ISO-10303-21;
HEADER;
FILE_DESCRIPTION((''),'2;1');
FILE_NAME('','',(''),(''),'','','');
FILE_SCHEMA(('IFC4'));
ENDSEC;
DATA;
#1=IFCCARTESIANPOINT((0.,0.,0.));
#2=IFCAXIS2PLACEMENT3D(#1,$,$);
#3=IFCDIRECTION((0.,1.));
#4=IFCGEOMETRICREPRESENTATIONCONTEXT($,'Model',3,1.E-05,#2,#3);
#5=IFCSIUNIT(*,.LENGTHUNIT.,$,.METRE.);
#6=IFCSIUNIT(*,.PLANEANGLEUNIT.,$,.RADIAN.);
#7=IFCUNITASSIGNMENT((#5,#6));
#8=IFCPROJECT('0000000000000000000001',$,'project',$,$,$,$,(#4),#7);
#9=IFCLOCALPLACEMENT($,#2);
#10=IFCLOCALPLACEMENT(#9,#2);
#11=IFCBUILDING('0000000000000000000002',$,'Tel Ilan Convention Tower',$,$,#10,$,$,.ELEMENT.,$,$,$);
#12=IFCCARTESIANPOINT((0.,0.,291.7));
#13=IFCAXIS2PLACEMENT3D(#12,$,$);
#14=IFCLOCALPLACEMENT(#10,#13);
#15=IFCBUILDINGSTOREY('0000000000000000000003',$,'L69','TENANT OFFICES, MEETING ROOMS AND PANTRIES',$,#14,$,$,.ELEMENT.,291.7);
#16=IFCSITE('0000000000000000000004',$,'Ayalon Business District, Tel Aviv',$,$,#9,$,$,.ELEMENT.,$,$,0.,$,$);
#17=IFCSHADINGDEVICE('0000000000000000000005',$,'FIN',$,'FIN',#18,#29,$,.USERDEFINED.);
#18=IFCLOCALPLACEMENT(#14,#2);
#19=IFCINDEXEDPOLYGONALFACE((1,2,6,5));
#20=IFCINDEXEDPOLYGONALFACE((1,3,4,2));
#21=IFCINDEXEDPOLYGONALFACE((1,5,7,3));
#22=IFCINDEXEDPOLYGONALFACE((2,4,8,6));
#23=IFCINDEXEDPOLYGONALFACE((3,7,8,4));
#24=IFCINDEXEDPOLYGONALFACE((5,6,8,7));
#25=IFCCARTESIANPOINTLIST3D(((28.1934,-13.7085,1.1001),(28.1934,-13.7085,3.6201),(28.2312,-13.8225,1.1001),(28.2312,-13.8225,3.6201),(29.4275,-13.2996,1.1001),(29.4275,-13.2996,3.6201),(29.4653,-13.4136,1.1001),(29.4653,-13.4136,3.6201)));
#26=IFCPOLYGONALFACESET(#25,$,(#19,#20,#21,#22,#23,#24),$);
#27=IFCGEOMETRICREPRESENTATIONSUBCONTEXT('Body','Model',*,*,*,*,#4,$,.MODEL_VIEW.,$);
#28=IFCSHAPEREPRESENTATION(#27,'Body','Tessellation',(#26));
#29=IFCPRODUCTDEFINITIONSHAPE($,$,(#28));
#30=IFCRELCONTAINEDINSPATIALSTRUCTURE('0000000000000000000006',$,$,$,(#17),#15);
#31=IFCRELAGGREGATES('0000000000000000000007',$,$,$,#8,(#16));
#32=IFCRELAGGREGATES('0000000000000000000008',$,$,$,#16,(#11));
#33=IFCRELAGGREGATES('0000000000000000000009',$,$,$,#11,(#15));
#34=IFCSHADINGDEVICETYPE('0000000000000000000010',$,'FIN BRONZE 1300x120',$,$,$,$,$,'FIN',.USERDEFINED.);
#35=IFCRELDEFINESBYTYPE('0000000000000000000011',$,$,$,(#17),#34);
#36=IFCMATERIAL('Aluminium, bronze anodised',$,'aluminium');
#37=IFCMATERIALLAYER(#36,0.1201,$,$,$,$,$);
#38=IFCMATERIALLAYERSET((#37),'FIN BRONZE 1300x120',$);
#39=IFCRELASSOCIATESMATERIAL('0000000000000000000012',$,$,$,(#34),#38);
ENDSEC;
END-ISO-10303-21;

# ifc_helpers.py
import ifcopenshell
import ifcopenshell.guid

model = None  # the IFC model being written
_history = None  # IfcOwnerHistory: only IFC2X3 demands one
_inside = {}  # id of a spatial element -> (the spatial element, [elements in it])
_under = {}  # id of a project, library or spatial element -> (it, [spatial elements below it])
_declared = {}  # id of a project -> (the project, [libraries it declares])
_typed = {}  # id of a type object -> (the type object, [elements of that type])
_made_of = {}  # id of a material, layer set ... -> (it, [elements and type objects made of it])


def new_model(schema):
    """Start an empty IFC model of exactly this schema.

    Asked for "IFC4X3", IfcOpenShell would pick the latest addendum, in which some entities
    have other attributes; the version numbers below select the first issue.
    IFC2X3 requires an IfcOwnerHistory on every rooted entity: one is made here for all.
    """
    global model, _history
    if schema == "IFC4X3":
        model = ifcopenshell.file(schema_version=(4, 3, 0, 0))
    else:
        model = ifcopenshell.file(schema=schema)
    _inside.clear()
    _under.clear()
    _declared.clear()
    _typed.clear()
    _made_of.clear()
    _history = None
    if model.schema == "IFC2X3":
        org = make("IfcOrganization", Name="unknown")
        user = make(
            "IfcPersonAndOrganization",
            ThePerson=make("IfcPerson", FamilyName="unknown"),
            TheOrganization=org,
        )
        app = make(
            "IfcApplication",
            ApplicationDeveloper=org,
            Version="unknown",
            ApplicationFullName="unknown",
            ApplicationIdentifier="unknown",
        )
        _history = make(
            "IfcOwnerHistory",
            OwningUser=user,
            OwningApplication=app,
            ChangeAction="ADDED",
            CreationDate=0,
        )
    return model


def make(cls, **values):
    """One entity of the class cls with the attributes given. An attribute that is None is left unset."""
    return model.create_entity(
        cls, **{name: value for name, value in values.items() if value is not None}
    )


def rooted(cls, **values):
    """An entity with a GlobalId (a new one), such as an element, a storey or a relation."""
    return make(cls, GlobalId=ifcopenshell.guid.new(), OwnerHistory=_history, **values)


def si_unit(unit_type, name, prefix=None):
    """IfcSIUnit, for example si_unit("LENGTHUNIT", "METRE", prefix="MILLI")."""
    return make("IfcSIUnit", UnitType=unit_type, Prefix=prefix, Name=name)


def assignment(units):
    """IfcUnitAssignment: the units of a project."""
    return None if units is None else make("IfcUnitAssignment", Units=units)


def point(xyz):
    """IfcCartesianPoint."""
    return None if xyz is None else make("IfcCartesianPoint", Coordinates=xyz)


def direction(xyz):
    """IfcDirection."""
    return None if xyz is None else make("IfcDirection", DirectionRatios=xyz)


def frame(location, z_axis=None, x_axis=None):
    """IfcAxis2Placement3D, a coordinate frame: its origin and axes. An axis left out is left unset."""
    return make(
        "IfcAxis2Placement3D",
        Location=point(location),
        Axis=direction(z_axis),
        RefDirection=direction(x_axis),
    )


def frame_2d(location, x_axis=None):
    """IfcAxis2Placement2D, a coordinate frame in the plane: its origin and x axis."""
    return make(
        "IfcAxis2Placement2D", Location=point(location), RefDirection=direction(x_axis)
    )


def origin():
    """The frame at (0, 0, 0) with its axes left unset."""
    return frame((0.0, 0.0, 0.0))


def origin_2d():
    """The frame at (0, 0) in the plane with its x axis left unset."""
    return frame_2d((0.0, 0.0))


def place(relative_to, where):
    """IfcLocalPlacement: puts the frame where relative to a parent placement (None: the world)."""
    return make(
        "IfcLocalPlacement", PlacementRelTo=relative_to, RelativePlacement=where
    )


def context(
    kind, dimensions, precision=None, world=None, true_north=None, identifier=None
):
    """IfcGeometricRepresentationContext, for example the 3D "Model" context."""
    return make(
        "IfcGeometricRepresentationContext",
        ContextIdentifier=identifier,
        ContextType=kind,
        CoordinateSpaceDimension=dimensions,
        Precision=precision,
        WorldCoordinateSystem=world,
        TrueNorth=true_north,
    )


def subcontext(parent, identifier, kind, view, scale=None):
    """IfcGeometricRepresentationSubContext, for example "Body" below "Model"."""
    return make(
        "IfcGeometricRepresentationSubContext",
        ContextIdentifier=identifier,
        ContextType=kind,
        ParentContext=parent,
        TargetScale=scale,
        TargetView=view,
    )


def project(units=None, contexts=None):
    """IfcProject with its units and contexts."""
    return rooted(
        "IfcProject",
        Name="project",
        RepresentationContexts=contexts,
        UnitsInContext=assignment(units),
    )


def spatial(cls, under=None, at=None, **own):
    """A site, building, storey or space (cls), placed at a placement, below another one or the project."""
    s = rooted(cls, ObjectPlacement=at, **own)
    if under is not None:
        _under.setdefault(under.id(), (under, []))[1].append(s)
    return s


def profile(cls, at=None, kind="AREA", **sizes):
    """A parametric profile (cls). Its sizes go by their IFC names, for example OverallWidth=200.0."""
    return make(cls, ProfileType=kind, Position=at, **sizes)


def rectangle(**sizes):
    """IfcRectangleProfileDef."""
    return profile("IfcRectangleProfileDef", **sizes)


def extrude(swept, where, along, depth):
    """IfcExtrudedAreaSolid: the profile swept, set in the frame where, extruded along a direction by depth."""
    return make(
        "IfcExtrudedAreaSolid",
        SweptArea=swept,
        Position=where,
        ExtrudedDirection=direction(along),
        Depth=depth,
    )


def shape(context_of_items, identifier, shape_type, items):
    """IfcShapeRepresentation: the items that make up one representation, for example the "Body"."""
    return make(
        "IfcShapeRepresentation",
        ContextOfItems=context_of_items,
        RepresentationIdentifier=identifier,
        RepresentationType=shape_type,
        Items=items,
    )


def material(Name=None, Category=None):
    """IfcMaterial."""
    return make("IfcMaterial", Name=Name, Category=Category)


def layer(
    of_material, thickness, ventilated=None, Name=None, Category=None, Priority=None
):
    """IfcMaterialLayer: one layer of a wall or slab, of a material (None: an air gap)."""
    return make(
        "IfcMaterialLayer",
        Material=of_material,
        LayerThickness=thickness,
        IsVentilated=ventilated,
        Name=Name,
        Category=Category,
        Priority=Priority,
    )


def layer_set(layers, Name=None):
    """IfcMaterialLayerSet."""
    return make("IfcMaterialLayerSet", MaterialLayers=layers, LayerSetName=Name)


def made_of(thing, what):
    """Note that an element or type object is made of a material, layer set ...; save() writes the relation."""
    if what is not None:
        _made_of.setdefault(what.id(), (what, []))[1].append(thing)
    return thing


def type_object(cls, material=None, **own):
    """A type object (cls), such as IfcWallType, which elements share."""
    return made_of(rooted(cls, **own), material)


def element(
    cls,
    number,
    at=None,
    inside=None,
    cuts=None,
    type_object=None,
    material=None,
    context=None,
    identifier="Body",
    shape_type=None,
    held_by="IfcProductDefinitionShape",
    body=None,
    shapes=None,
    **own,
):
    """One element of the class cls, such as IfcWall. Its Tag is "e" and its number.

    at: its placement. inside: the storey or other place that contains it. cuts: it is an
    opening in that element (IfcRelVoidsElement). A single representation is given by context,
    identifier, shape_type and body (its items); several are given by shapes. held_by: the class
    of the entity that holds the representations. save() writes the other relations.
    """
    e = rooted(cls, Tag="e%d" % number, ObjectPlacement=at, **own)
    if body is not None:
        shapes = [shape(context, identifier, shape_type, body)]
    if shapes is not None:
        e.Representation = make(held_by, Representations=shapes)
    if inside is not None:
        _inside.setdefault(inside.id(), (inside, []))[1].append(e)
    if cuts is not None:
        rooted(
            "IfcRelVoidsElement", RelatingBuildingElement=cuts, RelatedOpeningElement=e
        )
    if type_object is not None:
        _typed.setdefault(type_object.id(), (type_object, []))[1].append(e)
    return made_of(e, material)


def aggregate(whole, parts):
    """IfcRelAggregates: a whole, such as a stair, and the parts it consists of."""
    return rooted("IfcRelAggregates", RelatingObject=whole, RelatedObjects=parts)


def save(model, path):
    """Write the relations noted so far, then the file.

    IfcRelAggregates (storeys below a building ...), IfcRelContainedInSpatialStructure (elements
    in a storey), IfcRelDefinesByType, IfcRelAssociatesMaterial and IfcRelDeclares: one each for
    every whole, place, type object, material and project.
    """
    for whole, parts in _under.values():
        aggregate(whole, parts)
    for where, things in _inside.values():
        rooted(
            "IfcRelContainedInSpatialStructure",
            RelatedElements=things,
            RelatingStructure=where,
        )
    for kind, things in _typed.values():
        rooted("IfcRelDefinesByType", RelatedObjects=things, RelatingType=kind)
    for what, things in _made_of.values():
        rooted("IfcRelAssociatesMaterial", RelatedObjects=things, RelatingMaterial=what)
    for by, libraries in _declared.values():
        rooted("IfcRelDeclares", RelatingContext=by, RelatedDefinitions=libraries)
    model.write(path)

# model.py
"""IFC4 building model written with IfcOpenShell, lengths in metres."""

from ifc_helpers import new_model, si_unit, direction, frame, origin, origin_2d, place, context, subcontext, project, spatial, rectangle, extrude, material, layer, layer_set, type_object, element, save


model = new_model("IFC4")

# Units and contexts
model_context = context("Model", 3, precision=1e-05, world=origin(), true_north=direction((0.0, 1.0)))
body_context = subcontext(model_context, "Body", "Model", "MODEL_VIEW")
ifc_project = project(units=[si_unit("LENGTHUNIT", "METRE"), si_unit("PLANEANGLEUNIT", "RADIAN")], contexts=[model_context])

# Site, building, storey
site_placement = place(None, origin())
site = spatial("IfcSite", under=ifc_project, at=site_placement, Name="Ayalon Business District, Tel Aviv", CompositionType="ELEMENT", RefElevation=0.0)
building_placement = place(site_placement, origin())
building = spatial("IfcBuilding", under=site, at=building_placement, Name="Tel Ilan Convention Tower", CompositionType="ELEMENT")
storey_placement = place(building_placement, frame((0.0, 0.0, 291.7)))
storey = spatial("IfcBuildingStorey", under=building, at=storey_placement, Name="L69", Description="TENANT OFFICES, MEETING ROOMS AND PANTRIES", CompositionType="ELEMENT", Elevation=291.7)

# Shading device
ifc_material_1 = material(Name="Aluminium, bronze anodised", Category="aluminium")
ifc_layer_1 = layer(ifc_material_1, 0.1201)
ifc_layer_set_1 = layer_set([ifc_layer_1], Name="FIN BRONZE 1300x120")
shading_device_type = type_object("IfcShadingDeviceType", Name="FIN BRONZE 1300x120", ElementType="FIN", PredefinedType="USERDEFINED", material=ifc_layer_set_1)
for number, where, z_axis, x_axis, name in (
    (1, (28.8293, -13.561, 1.1001), (0.0, 0.0, 1.0), (0.949243, 0.314545, 0.0), "FIN"),
):
    element("IfcShadingDevice", number, at=place(storey_placement, frame(where, z_axis=z_axis, x_axis=x_axis)), inside=storey, type_object=shading_device_type, Name=name, ObjectType="FIN", PredefinedType="USERDEFINED", context=body_context, shape_type="SweptSolid", body=[
        extrude(rectangle(XDim=1.3, YDim=0.1201, at=origin_2d()), origin(), (0.0, 0.0, 1.0), 2.52),
    ])

save(model, "model.ifc")
